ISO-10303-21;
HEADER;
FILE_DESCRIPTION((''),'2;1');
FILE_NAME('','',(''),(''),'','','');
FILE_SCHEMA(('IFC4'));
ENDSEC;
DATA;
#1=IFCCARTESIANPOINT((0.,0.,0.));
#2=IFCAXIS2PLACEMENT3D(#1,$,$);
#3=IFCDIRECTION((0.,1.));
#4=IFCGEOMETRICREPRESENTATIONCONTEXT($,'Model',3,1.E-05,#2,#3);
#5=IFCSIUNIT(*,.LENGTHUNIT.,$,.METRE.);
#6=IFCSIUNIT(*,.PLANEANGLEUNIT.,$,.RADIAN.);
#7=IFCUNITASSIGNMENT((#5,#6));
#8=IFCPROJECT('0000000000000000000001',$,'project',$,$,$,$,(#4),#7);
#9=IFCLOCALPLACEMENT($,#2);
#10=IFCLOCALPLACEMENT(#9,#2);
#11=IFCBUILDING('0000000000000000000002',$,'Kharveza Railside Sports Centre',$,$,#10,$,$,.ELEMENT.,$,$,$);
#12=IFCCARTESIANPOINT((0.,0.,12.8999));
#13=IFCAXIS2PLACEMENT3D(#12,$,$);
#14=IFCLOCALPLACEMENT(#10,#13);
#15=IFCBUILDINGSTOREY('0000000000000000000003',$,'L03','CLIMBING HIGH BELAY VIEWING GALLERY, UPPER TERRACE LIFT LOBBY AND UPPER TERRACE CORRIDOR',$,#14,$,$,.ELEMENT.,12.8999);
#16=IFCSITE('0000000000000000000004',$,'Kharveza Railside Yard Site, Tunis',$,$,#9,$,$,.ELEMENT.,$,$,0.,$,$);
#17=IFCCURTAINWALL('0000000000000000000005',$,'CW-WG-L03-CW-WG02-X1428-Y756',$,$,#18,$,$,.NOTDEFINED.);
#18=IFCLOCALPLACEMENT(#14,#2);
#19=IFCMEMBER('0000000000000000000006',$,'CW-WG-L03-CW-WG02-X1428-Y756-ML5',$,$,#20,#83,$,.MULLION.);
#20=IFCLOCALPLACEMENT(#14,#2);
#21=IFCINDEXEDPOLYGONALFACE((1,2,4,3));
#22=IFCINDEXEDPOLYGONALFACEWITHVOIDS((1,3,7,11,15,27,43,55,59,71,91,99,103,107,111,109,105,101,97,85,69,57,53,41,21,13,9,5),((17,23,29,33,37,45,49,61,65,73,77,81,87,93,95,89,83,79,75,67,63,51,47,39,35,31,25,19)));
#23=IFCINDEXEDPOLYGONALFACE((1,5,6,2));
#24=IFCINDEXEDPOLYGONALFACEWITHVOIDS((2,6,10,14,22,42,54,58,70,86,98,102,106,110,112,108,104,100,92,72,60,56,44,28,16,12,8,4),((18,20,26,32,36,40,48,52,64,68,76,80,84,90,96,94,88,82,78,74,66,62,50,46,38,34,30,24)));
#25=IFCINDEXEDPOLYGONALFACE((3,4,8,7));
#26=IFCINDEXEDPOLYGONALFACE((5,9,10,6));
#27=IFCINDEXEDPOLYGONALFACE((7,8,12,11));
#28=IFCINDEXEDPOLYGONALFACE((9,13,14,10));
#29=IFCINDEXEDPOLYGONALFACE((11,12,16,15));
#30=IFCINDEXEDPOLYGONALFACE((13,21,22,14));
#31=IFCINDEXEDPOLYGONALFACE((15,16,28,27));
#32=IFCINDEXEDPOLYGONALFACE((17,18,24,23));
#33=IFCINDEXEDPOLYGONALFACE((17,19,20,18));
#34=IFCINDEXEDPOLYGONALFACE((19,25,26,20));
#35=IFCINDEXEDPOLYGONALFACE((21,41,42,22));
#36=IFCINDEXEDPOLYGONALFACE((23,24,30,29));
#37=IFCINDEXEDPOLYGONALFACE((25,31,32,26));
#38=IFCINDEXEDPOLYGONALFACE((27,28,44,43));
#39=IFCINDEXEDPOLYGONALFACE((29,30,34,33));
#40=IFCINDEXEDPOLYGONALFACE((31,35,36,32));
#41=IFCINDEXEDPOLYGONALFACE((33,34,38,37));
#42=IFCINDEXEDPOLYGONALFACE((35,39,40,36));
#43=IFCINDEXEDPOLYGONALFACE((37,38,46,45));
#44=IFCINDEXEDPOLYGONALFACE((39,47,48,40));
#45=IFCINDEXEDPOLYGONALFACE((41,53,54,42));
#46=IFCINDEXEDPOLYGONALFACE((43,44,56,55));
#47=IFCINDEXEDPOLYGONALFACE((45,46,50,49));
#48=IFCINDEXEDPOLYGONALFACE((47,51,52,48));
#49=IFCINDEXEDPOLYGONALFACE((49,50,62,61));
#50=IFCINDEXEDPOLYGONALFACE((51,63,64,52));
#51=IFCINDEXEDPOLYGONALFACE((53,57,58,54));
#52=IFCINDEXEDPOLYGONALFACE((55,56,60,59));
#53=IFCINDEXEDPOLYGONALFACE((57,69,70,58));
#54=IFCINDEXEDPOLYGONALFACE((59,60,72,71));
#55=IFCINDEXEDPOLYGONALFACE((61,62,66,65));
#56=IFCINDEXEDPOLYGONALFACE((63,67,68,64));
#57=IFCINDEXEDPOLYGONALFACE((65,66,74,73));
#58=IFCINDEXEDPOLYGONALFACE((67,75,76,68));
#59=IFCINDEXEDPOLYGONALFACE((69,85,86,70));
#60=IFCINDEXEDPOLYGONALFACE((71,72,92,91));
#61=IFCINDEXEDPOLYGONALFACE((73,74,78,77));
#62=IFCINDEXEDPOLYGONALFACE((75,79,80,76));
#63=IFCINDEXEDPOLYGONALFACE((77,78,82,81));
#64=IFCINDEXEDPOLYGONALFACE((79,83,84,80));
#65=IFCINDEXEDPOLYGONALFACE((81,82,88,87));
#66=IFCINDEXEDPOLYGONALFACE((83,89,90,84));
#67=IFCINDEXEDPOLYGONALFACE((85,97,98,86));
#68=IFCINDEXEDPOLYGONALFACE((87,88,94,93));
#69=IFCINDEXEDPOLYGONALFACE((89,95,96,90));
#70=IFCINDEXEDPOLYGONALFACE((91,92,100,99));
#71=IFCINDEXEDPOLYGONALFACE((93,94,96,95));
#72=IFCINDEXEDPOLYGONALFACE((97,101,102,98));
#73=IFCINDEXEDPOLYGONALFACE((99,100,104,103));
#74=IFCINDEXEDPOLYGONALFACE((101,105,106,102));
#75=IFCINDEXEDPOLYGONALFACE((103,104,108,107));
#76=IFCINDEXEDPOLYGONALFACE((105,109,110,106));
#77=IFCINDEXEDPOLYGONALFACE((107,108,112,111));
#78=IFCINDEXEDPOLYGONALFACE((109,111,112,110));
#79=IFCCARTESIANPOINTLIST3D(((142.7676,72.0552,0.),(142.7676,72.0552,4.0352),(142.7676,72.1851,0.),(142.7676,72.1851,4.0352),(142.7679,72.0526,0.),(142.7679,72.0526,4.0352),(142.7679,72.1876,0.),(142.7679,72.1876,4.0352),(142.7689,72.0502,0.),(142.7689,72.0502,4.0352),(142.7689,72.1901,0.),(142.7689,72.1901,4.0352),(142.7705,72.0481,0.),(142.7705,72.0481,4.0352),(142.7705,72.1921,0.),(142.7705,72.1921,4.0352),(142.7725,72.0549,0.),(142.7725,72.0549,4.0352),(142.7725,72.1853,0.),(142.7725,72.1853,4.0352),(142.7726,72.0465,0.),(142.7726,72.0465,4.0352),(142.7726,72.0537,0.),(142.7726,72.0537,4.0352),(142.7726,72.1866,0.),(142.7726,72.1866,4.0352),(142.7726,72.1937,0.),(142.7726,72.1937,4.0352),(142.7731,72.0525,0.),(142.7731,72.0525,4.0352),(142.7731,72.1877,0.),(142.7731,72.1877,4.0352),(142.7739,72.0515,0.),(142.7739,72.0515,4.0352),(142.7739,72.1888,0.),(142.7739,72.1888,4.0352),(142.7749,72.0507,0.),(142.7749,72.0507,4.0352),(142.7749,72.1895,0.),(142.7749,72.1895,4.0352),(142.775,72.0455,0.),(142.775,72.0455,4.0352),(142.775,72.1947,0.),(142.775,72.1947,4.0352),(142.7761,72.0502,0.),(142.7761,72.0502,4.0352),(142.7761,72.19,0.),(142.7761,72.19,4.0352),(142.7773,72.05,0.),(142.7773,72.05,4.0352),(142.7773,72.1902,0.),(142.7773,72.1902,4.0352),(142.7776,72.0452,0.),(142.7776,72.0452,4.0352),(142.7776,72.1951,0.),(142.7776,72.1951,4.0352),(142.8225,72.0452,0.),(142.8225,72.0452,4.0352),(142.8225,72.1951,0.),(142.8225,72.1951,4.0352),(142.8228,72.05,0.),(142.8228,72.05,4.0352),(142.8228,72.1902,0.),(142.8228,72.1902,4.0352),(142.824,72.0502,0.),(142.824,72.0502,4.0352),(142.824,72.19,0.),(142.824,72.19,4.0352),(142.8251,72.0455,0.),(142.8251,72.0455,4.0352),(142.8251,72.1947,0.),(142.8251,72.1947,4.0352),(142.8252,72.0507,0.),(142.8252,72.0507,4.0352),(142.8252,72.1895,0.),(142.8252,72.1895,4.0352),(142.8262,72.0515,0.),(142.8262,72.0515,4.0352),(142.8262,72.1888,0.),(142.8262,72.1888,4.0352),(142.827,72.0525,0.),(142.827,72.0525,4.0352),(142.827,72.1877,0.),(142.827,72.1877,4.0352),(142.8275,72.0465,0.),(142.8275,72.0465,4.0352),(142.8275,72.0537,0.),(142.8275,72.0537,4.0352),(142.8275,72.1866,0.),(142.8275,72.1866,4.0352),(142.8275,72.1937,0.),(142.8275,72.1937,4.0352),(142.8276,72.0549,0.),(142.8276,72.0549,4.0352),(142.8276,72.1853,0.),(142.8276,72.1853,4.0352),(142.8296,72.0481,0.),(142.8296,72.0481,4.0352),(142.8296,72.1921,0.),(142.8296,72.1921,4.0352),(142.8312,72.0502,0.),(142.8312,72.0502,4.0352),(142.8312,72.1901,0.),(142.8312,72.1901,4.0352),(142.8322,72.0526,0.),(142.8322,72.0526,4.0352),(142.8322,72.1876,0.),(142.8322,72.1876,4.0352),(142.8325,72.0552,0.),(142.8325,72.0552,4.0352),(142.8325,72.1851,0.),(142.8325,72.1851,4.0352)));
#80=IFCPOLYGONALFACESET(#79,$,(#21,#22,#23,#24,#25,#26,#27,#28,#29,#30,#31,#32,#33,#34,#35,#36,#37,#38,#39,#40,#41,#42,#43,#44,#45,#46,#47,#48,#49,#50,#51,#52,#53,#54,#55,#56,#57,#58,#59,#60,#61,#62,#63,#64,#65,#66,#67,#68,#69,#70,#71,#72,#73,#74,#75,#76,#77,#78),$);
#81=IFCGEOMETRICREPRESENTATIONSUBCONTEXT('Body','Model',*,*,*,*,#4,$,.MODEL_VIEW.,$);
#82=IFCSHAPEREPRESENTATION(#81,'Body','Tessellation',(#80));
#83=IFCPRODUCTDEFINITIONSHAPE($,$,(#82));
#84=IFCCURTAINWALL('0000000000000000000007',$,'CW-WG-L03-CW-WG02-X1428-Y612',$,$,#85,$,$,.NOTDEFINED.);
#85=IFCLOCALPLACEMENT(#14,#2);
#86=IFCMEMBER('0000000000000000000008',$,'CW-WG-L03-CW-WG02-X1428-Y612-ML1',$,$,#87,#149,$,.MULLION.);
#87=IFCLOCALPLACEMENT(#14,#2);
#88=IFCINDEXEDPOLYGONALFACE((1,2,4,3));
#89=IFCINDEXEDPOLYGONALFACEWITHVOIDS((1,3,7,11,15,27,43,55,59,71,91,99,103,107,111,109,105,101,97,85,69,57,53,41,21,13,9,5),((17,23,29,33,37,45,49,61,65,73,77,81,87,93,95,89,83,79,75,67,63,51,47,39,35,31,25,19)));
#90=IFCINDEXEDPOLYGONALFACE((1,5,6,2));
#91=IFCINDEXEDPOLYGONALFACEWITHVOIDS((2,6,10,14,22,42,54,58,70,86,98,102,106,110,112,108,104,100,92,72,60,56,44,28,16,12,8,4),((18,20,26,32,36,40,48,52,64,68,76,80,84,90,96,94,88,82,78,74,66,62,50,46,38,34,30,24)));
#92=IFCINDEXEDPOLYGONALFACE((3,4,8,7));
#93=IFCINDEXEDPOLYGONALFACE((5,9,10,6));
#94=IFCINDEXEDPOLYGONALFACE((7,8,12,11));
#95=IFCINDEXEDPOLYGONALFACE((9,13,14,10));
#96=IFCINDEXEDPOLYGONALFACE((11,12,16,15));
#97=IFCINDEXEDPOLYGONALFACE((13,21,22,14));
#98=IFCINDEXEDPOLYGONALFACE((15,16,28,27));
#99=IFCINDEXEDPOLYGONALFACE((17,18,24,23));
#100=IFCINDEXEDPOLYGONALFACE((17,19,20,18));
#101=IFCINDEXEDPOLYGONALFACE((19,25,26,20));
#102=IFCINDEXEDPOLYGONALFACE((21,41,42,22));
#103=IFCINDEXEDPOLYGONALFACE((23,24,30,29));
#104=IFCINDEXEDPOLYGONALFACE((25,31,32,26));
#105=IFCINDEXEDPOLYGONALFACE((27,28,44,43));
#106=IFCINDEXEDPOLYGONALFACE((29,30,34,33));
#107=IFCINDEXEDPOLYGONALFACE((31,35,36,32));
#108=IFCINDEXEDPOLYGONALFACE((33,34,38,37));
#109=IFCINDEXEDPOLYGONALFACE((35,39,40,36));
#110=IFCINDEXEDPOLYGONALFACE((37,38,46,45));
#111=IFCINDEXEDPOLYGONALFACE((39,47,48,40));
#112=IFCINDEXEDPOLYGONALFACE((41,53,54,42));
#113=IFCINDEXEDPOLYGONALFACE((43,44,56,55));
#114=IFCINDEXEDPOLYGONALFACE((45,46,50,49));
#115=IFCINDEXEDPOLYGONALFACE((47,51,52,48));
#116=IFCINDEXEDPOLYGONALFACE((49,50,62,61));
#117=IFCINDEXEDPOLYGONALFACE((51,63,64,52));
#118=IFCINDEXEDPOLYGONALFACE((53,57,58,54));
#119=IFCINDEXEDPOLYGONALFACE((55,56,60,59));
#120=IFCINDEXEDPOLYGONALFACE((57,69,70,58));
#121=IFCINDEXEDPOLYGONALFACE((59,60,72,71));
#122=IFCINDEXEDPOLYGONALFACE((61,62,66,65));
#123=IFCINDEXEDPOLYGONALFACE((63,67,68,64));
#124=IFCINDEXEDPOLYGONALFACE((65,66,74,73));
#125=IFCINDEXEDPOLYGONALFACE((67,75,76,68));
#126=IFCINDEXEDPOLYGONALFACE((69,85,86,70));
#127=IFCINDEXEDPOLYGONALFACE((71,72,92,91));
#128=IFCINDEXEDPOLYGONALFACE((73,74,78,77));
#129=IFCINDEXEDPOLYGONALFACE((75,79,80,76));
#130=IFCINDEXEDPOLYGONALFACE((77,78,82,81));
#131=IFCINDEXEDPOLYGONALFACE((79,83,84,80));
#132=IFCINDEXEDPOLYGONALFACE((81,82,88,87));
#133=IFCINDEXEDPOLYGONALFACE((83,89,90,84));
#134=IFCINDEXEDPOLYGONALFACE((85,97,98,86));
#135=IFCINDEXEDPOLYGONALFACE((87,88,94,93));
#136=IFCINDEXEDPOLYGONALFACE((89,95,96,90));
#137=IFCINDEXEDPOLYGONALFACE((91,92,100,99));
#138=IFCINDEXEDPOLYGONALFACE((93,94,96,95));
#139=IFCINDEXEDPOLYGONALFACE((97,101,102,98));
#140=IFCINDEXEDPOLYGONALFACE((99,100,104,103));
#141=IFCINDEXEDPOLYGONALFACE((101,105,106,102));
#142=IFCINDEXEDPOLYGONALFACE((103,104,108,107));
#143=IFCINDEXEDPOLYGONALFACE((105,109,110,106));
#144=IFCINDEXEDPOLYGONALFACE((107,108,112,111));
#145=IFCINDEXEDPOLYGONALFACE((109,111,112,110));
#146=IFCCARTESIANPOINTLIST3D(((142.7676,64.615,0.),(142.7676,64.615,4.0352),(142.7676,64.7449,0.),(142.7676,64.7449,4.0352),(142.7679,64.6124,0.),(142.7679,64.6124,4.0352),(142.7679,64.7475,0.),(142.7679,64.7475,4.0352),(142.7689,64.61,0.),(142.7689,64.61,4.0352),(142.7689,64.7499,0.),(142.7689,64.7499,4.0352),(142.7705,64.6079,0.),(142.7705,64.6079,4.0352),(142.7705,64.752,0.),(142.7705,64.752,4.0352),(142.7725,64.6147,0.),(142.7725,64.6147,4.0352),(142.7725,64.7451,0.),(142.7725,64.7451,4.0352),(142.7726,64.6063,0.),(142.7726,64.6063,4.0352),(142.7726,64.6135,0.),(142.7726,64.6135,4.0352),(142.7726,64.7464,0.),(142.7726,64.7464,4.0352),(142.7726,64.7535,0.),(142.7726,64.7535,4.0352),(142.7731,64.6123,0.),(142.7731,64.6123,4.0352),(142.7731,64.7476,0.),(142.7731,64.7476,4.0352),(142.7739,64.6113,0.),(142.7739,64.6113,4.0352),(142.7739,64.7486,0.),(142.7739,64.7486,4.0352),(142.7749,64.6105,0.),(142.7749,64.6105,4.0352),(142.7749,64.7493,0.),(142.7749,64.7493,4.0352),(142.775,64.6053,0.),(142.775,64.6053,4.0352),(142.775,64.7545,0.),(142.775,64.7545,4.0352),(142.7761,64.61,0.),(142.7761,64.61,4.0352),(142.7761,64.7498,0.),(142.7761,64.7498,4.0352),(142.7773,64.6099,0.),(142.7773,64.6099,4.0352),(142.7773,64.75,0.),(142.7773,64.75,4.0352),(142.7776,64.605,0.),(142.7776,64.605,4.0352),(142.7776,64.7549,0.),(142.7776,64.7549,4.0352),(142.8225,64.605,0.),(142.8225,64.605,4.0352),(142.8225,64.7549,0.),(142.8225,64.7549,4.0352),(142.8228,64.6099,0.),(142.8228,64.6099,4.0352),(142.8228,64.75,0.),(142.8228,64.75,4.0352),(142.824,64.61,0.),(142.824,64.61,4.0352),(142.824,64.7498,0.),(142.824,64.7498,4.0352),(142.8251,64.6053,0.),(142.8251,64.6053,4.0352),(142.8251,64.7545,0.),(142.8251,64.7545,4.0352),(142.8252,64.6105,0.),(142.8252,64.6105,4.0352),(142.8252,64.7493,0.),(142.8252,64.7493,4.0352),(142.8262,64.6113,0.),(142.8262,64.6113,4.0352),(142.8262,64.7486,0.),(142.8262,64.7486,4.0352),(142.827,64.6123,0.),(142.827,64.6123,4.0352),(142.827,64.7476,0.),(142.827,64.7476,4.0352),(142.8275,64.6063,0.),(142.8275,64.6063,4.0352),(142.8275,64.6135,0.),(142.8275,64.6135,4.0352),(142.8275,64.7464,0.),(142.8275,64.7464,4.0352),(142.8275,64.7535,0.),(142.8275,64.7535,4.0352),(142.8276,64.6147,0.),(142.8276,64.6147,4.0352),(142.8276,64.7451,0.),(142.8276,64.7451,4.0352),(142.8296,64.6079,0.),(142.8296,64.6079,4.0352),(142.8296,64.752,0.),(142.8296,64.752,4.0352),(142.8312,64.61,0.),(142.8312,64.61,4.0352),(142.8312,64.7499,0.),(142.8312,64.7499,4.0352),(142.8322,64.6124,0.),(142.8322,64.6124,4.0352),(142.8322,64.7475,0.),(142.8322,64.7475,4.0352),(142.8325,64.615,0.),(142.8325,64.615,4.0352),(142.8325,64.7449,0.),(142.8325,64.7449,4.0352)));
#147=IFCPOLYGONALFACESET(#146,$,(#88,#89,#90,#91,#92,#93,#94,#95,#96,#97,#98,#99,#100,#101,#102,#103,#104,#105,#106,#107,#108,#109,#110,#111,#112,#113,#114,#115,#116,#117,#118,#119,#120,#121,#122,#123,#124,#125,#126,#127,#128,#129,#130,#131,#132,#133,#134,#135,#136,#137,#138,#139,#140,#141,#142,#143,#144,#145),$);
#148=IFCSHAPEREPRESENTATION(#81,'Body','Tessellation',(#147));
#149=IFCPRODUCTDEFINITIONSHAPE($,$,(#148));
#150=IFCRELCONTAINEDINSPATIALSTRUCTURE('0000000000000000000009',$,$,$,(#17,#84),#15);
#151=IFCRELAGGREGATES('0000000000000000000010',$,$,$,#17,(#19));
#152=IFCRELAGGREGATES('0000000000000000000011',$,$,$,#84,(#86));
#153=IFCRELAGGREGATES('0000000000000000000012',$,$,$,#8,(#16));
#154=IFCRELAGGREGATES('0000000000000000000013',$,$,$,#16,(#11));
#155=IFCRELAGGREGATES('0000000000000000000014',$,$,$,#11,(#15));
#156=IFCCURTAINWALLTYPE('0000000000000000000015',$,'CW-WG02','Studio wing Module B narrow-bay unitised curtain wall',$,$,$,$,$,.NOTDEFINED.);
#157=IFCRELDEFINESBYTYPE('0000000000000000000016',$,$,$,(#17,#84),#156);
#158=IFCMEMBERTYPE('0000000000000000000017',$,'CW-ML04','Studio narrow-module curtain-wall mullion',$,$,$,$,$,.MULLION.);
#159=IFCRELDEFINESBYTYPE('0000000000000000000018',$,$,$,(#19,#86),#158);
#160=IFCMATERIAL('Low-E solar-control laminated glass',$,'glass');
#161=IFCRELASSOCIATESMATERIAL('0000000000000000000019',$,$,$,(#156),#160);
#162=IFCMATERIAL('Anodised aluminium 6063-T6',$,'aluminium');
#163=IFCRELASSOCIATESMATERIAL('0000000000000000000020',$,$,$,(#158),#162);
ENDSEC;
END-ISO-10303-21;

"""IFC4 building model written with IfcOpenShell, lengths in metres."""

from ifc_helpers import new_model, si_unit, direction, frame, origin, origin_2d, place, context, subcontext, project, spatial, hollow_rectangle, extrude, material, material_profile, profile_set, type_object, element, aggregate, save


model = new_model("IFC4")

# Units and contexts
model_context = context("Model", 3, precision=1e-05, world=origin(), true_north=direction((0.0, 1.0)))
body_context = subcontext(model_context, "Body", "Model", "MODEL_VIEW")
ifc_project = project(units=[si_unit("LENGTHUNIT", "METRE"), si_unit("PLANEANGLEUNIT", "RADIAN")], contexts=[model_context])

# Site, building, storey
site_placement = place(None, origin())
site = spatial("IfcSite", under=ifc_project, at=site_placement, Name="Kharveza Railside Yard Site, Tunis", CompositionType="ELEMENT", RefElevation=0.0)
building_placement = place(site_placement, origin())
building = spatial("IfcBuilding", under=site, at=building_placement, Name="Kharveza Railside Sports Centre", CompositionType="ELEMENT")
storey_placement = place(building_placement, frame((0.0, 0.0, 12.8999)))
storey = spatial("IfcBuildingStorey", under=building, at=storey_placement, Name="L03", Description="CLIMBING HIGH BELAY VIEWING GALLERY, UPPER TERRACE LIFT LOBBY AND UPPER TERRACE CORRIDOR", CompositionType="ELEMENT", Elevation=12.8999)

# Curtain walls, members
ifc_material_1 = material(Name="Low-E solar-control laminated glass", Category="glass")
curtain_wall_type = type_object("IfcCurtainWallType", Name="CW-WG02", Description="Studio wing Module B narrow-bay unitised curtain wall", PredefinedType="NOTDEFINED", material=ifc_material_1)
curtain_wall_1_placement = place(storey_placement, origin())
curtain_wall_1 = element("IfcCurtainWall", 1, at=curtain_wall_1_placement, inside=storey, type_object=curtain_wall_type, Name="CW-WG-L03-CW-WG02-X1428-Y756", PredefinedType="NOTDEFINED")
ifc_material_2 = material(Name="Anodised aluminium 6063-T6", Category="aluminium")
ifc_material_profile_1 = material_profile(ifc_material_2, hollow_rectangle(XDim=0.0649, YDim=0.1499, WallThickness=0.0049, InnerFilletRadius=0.0049, OuterFilletRadius=0.01, at=origin_2d()), Name="RHS 65x150x5.0")
ifc_profile_set_1 = profile_set([ifc_material_profile_1], Name="Anodised aluminium 6063-T6")
member_type_1 = type_object("IfcMemberType", Name="CW-ML04", Description="Studio narrow-module curtain-wall mullion", PredefinedType="MULLION", material=ifc_profile_set_1)
member_1_placement = place(storey_placement, frame((142.8, 72.1201, 0.0), z_axis=(0.0, 0.0, 1.0), x_axis=(1.0, 0.0, 0.0)))
member_1 = element("IfcMember", 2, at=member_1_placement, type_object=member_type_1, Name="CW-WG-L03-CW-WG02-X1428-Y756-ML5", PredefinedType="MULLION", context=body_context, shape_type="SweptSolid", body=[
    extrude(hollow_rectangle(XDim=0.0649, YDim=0.1499, WallThickness=0.0049, InnerFilletRadius=0.0049, OuterFilletRadius=0.01, at=origin_2d()), origin(), (0.0, 0.0, 1.0), 4.0352),
])
curtain_wall_2_placement = place(storey_placement, origin())
curtain_wall_2 = element("IfcCurtainWall", 3, at=curtain_wall_2_placement, inside=storey, type_object=curtain_wall_type, Name="CW-WG-L03-CW-WG02-X1428-Y612", PredefinedType="NOTDEFINED")
member_2_placement = place(storey_placement, frame((142.8, 64.6799, 0.0), z_axis=(0.0, 0.0, 1.0), x_axis=(1.0, 0.0, 0.0)))
member_2 = element("IfcMember", 4, at=member_2_placement, type_object=member_type_1, Name="CW-WG-L03-CW-WG02-X1428-Y612-ML1", PredefinedType="MULLION", context=body_context, shape_type="SweptSolid", body=[
    extrude(hollow_rectangle(XDim=0.0649, YDim=0.1499, WallThickness=0.0049, InnerFilletRadius=0.0049, OuterFilletRadius=0.01, at=origin_2d()), origin(), (0.0, 0.0, 1.0), 4.0352),
])

aggregate(curtain_wall_1, [member_1])
aggregate(curtain_wall_2, [member_2])

save(model, "model.ifc")
